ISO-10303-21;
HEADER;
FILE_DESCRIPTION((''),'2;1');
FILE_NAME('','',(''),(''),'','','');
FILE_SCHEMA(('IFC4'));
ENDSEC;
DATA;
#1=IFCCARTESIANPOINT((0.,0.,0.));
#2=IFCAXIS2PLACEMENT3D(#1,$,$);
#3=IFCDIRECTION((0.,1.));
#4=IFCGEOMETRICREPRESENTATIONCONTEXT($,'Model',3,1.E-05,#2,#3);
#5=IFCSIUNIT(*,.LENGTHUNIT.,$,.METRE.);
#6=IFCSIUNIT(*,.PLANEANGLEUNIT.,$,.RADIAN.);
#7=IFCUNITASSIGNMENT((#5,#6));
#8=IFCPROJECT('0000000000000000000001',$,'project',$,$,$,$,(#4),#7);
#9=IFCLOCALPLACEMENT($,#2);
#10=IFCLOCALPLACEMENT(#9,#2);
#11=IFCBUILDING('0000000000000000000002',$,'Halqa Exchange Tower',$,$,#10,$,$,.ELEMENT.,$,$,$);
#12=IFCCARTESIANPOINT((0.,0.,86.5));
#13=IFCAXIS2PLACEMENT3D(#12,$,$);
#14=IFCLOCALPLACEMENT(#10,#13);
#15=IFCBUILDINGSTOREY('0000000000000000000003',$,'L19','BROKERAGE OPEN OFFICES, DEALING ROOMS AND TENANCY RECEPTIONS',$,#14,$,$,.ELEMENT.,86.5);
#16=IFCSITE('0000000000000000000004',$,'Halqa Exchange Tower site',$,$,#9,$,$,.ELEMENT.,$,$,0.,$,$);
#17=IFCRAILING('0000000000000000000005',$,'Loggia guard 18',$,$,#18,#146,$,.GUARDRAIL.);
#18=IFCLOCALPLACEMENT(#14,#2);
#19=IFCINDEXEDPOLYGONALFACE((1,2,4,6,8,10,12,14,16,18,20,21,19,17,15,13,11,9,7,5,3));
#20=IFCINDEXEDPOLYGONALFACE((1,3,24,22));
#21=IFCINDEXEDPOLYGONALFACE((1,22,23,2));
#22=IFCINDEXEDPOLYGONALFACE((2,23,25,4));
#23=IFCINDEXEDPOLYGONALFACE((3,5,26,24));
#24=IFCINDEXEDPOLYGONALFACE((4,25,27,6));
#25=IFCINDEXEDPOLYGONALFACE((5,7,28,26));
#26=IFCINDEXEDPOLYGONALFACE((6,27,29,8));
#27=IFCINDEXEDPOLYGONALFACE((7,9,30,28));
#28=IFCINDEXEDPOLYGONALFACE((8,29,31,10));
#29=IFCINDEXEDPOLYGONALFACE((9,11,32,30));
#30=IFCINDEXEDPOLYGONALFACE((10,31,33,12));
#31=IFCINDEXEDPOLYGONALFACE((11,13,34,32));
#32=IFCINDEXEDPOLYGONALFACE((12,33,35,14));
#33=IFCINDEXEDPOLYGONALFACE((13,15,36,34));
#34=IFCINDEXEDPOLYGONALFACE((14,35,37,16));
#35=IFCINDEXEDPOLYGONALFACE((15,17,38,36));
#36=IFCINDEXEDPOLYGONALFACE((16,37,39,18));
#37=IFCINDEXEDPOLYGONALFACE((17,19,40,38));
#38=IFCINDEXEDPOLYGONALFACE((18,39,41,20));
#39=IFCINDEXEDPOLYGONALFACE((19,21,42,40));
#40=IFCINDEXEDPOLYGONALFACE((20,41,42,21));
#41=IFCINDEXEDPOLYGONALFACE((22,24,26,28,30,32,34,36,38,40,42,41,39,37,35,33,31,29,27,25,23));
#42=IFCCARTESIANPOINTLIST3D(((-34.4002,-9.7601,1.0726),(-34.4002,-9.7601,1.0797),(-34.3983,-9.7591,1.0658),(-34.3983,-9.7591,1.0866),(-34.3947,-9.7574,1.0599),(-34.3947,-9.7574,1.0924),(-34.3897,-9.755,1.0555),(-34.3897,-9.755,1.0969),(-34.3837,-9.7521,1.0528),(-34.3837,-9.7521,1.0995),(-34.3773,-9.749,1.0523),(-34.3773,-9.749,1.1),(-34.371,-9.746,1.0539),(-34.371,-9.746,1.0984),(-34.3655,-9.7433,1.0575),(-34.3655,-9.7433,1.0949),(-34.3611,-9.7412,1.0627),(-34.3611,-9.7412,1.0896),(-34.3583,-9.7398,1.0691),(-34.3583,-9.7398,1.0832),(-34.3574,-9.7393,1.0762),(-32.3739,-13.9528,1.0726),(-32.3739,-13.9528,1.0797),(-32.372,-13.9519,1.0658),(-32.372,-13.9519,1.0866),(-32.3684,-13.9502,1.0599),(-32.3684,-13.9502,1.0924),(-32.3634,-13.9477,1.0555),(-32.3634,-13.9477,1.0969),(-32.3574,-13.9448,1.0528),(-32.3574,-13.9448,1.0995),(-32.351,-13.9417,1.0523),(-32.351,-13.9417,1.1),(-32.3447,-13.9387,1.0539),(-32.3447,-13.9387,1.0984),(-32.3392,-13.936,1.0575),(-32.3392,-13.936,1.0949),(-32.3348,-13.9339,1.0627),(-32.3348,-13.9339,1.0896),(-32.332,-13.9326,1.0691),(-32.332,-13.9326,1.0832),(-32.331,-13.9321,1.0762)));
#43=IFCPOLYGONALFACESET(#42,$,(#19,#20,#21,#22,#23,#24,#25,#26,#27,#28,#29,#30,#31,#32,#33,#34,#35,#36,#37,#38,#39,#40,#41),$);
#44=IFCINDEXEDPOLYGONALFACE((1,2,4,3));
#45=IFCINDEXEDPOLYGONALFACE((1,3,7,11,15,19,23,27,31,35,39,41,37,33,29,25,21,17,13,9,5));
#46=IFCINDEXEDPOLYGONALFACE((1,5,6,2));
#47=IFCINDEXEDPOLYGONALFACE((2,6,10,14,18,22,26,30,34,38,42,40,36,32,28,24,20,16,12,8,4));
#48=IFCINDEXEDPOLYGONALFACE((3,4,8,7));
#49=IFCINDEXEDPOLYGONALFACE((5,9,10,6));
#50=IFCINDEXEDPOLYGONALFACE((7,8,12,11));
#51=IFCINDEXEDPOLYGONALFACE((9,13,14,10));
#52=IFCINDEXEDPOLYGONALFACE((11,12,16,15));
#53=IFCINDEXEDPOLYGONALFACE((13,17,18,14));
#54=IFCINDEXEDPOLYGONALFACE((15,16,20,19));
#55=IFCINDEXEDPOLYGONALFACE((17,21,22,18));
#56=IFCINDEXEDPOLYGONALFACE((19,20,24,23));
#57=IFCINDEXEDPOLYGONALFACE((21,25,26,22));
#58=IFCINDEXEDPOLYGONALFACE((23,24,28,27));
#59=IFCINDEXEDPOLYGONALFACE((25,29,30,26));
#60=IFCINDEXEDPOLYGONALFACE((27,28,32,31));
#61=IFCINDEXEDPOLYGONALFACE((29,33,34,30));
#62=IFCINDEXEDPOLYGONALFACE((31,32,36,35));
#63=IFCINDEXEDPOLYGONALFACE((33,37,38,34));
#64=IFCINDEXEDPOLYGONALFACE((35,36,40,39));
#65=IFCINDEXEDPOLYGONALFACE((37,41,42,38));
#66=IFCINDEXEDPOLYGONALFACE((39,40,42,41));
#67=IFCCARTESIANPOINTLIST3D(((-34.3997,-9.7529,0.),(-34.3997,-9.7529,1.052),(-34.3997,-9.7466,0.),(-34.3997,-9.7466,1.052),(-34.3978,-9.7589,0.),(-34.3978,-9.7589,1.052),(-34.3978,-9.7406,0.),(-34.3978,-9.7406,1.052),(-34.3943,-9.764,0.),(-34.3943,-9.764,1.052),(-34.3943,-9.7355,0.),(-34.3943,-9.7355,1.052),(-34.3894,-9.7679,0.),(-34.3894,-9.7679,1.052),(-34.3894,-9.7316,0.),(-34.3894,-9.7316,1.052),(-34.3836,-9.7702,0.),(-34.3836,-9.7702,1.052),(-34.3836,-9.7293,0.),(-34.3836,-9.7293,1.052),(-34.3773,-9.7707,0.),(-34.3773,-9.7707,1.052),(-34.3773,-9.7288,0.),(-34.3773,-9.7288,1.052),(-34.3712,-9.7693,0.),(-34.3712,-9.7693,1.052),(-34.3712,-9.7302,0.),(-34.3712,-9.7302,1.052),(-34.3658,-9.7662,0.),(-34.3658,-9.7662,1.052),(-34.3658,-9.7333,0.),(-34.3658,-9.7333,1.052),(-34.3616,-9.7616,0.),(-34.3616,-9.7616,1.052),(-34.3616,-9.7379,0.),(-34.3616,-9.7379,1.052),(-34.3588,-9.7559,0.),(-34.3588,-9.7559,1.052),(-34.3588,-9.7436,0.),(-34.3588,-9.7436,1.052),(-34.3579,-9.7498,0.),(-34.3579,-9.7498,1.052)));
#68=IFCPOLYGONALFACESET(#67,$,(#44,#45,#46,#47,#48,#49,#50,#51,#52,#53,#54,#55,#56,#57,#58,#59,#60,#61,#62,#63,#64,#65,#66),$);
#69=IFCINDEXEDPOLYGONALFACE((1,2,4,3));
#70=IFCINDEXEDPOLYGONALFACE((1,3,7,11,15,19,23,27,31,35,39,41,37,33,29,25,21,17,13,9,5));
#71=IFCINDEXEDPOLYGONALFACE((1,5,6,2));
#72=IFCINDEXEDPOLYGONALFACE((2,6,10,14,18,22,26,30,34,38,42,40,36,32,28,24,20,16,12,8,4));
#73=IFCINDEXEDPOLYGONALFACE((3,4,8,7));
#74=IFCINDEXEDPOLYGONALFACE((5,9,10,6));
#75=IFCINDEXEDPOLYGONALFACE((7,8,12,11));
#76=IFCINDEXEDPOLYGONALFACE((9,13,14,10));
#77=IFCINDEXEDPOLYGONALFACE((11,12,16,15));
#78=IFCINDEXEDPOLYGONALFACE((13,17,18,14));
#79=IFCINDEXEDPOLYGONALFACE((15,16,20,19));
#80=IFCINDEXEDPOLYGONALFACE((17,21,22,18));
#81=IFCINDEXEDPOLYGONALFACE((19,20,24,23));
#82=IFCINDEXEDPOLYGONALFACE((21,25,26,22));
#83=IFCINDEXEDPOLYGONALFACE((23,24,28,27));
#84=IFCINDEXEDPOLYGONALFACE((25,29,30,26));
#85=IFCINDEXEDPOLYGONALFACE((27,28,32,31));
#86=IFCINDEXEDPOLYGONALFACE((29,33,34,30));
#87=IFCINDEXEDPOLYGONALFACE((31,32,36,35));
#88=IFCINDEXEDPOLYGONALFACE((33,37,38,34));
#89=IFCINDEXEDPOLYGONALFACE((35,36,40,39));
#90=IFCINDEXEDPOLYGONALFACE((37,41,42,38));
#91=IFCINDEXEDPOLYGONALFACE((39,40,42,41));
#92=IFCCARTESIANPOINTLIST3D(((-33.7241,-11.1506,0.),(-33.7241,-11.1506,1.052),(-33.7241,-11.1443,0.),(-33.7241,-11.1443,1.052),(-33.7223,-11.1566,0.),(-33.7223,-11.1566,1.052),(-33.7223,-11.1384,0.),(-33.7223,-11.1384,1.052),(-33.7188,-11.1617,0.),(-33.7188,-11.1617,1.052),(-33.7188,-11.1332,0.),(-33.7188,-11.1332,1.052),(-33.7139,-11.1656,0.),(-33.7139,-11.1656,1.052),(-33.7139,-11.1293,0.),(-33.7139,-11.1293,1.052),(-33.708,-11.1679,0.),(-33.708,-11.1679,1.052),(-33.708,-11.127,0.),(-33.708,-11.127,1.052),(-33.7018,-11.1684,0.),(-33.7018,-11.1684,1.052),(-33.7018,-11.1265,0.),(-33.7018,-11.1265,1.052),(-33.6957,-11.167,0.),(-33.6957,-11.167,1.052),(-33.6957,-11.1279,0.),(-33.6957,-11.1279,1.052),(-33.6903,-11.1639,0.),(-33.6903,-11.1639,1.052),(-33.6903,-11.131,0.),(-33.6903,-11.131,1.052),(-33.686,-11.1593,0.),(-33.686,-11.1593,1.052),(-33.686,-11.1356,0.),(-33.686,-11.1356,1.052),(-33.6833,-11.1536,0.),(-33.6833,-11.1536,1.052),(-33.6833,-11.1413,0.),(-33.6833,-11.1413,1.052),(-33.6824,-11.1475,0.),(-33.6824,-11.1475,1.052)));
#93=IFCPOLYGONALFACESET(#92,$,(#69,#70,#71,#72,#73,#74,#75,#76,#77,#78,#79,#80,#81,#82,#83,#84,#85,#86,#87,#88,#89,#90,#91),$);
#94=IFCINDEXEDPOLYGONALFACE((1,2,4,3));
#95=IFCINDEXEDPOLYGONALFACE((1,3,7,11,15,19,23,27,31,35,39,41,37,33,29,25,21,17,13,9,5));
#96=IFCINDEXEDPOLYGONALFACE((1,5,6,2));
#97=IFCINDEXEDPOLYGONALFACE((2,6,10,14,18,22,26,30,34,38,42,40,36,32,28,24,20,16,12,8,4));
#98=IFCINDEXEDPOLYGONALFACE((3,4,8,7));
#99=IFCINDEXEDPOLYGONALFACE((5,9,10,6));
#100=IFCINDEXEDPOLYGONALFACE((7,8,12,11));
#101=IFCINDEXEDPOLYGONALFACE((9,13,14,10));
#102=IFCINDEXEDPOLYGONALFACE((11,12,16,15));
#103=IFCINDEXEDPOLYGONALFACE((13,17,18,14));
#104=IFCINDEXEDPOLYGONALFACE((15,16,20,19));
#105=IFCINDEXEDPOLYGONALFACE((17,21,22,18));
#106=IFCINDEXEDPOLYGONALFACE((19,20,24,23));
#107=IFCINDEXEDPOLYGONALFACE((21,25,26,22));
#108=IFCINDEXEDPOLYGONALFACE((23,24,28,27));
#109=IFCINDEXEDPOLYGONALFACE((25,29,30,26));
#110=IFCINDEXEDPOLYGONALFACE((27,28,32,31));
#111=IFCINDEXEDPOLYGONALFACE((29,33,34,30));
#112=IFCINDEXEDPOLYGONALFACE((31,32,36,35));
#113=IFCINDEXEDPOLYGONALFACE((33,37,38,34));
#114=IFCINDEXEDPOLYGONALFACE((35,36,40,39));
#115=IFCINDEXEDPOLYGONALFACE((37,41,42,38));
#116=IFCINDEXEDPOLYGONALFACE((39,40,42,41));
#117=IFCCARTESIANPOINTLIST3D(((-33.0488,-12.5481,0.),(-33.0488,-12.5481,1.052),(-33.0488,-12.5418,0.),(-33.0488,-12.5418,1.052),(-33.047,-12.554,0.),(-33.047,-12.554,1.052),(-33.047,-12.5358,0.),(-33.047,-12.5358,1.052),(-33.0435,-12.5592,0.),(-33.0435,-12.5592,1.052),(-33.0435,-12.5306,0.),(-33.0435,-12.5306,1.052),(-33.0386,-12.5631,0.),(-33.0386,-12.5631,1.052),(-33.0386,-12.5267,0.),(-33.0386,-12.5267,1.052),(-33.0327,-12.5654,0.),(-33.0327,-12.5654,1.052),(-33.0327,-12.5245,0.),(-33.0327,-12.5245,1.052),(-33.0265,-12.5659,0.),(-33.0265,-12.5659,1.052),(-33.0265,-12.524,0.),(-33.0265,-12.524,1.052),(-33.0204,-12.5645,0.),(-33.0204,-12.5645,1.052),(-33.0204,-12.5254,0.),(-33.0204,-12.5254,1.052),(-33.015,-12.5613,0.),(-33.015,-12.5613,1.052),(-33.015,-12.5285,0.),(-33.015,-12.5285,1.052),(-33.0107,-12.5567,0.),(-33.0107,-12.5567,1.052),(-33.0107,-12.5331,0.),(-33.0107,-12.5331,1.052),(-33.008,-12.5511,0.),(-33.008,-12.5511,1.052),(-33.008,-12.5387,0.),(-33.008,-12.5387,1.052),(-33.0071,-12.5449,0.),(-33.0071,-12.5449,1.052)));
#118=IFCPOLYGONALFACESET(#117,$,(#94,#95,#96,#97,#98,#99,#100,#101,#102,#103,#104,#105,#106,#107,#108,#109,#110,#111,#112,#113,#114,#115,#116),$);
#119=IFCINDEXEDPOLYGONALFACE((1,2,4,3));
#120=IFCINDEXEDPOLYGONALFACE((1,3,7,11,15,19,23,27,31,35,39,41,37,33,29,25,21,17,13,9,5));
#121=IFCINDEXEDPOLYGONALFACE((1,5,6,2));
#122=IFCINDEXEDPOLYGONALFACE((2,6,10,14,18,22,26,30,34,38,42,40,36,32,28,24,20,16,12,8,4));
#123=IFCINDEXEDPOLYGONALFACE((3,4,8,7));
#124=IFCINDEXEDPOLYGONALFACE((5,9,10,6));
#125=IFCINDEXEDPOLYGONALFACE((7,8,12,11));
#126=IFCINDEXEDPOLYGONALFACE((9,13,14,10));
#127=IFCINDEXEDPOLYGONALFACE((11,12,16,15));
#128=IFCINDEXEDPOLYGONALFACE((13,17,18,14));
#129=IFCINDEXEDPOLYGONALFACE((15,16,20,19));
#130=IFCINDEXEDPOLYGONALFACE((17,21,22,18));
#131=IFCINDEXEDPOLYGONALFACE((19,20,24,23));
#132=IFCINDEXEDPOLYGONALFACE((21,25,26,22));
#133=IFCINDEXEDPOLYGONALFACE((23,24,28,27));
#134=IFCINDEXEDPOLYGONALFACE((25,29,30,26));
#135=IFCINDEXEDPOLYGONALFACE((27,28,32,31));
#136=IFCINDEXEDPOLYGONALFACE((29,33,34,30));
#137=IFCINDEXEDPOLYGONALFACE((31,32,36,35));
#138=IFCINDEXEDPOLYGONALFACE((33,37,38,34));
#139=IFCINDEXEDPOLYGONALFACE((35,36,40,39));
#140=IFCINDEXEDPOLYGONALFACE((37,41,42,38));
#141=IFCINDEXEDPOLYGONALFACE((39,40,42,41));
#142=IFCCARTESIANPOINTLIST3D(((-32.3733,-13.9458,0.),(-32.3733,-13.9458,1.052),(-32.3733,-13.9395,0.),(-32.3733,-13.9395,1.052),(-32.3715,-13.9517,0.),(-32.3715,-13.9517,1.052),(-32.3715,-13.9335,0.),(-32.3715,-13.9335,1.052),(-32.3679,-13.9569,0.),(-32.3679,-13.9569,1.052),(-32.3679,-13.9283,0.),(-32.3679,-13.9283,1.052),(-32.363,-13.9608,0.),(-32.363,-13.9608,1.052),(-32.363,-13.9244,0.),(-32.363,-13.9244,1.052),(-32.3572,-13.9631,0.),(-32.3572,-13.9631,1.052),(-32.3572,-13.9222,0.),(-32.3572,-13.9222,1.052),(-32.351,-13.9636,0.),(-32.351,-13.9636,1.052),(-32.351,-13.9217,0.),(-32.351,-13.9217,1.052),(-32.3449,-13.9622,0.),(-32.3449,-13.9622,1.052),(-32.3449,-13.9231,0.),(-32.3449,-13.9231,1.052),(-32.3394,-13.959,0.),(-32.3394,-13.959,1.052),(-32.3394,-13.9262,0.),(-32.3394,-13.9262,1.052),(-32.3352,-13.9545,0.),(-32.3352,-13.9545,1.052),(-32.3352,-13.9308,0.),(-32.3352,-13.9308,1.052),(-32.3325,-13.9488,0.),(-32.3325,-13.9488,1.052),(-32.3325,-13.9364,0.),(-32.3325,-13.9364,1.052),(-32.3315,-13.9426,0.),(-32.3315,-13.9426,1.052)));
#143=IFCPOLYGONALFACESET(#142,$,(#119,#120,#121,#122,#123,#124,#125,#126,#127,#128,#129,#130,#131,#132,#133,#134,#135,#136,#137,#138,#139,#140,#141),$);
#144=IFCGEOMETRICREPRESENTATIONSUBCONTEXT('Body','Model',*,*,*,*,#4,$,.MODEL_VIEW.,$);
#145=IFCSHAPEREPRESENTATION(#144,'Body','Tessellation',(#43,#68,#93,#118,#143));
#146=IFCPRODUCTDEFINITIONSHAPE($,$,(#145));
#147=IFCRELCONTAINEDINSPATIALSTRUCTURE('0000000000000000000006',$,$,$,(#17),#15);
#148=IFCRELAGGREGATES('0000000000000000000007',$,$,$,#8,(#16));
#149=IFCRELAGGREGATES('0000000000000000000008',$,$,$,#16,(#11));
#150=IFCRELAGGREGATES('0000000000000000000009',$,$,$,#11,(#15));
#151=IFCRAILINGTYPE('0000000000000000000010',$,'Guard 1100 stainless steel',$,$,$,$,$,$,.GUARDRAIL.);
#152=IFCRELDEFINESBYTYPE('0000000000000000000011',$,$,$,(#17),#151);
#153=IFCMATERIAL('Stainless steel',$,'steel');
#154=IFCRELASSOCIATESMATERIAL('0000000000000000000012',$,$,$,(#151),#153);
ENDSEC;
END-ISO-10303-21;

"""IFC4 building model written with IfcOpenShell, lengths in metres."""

from ifc_helpers import new_model, si_unit, direction, frame, origin, origin_2d, place, context, subcontext, project, spatial, circle, extrude, material, type_object, element, save


model = new_model("IFC4")

# Units and contexts
model_context = context("Model", 3, precision=1e-05, world=origin(), true_north=direction((0.0, 1.0)))
body_context = subcontext(model_context, "Body", "Model", "MODEL_VIEW")
ifc_project = project(units=[si_unit("LENGTHUNIT", "METRE"), si_unit("PLANEANGLEUNIT", "RADIAN")], contexts=[model_context])

# Site, building, storey
site_placement = place(None, origin())
site = spatial("IfcSite", under=ifc_project, at=site_placement, Name="Halqa Exchange Tower site", CompositionType="ELEMENT", RefElevation=0.0)
building_placement = place(site_placement, origin())
building = spatial("IfcBuilding", under=site, at=building_placement, Name="Halqa Exchange Tower", CompositionType="ELEMENT")
storey_placement = place(building_placement, frame((0.0, 0.0, 86.5)))
storey = spatial("IfcBuildingStorey", under=building, at=storey_placement, Name="L19", Description="BROKERAGE OPEN OFFICES, DEALING ROOMS AND TENANCY RECEPTIONS", CompositionType="ELEMENT", Elevation=86.5)

# Railing
ifc_material_1 = material(Name="Stainless steel", Category="steel")
railing_type = type_object("IfcRailingType", Name="Guard 1100 stainless steel", PredefinedType="GUARDRAIL", material=ifc_material_1)
railing_1_placement = place(storey_placement, frame((-34.3789, -9.7498, 0.0)))
element("IfcRailing", 1, at=railing_1_placement, inside=storey, type_object=railing_type, Name="Loggia guard 18", PredefinedType="GUARDRAIL", context=body_context, shape_type="SweptSolid", body=[
    extrude(circle(Radius=0.0239, at=origin_2d()), frame((0.0, 0.0, 1.0762), z_axis=(0.435136, -0.900365, 0.0), x_axis=(0.900365, 0.435136, 0.0)), (0.0, 0.0, 1.0), 4.6567),
    extrude(circle(Radius=0.021, at=origin_2d()), origin(), (0.0, 0.0, 1.0), 1.052),
    extrude(circle(Radius=0.021, at=origin_2d()), frame((0.6755, -1.3977, 0.0)), (0.0, 0.0, 1.0), 1.052),
    extrude(circle(Radius=0.021, at=origin_2d()), frame((1.3508, -2.7952, 0.0)), (0.0, 0.0, 1.0), 1.052),
    extrude(circle(Radius=0.021, at=origin_2d()), frame((2.0264, -4.1929, 0.0)), (0.0, 0.0, 1.0), 1.052),
])

save(model, "model.ifc")
